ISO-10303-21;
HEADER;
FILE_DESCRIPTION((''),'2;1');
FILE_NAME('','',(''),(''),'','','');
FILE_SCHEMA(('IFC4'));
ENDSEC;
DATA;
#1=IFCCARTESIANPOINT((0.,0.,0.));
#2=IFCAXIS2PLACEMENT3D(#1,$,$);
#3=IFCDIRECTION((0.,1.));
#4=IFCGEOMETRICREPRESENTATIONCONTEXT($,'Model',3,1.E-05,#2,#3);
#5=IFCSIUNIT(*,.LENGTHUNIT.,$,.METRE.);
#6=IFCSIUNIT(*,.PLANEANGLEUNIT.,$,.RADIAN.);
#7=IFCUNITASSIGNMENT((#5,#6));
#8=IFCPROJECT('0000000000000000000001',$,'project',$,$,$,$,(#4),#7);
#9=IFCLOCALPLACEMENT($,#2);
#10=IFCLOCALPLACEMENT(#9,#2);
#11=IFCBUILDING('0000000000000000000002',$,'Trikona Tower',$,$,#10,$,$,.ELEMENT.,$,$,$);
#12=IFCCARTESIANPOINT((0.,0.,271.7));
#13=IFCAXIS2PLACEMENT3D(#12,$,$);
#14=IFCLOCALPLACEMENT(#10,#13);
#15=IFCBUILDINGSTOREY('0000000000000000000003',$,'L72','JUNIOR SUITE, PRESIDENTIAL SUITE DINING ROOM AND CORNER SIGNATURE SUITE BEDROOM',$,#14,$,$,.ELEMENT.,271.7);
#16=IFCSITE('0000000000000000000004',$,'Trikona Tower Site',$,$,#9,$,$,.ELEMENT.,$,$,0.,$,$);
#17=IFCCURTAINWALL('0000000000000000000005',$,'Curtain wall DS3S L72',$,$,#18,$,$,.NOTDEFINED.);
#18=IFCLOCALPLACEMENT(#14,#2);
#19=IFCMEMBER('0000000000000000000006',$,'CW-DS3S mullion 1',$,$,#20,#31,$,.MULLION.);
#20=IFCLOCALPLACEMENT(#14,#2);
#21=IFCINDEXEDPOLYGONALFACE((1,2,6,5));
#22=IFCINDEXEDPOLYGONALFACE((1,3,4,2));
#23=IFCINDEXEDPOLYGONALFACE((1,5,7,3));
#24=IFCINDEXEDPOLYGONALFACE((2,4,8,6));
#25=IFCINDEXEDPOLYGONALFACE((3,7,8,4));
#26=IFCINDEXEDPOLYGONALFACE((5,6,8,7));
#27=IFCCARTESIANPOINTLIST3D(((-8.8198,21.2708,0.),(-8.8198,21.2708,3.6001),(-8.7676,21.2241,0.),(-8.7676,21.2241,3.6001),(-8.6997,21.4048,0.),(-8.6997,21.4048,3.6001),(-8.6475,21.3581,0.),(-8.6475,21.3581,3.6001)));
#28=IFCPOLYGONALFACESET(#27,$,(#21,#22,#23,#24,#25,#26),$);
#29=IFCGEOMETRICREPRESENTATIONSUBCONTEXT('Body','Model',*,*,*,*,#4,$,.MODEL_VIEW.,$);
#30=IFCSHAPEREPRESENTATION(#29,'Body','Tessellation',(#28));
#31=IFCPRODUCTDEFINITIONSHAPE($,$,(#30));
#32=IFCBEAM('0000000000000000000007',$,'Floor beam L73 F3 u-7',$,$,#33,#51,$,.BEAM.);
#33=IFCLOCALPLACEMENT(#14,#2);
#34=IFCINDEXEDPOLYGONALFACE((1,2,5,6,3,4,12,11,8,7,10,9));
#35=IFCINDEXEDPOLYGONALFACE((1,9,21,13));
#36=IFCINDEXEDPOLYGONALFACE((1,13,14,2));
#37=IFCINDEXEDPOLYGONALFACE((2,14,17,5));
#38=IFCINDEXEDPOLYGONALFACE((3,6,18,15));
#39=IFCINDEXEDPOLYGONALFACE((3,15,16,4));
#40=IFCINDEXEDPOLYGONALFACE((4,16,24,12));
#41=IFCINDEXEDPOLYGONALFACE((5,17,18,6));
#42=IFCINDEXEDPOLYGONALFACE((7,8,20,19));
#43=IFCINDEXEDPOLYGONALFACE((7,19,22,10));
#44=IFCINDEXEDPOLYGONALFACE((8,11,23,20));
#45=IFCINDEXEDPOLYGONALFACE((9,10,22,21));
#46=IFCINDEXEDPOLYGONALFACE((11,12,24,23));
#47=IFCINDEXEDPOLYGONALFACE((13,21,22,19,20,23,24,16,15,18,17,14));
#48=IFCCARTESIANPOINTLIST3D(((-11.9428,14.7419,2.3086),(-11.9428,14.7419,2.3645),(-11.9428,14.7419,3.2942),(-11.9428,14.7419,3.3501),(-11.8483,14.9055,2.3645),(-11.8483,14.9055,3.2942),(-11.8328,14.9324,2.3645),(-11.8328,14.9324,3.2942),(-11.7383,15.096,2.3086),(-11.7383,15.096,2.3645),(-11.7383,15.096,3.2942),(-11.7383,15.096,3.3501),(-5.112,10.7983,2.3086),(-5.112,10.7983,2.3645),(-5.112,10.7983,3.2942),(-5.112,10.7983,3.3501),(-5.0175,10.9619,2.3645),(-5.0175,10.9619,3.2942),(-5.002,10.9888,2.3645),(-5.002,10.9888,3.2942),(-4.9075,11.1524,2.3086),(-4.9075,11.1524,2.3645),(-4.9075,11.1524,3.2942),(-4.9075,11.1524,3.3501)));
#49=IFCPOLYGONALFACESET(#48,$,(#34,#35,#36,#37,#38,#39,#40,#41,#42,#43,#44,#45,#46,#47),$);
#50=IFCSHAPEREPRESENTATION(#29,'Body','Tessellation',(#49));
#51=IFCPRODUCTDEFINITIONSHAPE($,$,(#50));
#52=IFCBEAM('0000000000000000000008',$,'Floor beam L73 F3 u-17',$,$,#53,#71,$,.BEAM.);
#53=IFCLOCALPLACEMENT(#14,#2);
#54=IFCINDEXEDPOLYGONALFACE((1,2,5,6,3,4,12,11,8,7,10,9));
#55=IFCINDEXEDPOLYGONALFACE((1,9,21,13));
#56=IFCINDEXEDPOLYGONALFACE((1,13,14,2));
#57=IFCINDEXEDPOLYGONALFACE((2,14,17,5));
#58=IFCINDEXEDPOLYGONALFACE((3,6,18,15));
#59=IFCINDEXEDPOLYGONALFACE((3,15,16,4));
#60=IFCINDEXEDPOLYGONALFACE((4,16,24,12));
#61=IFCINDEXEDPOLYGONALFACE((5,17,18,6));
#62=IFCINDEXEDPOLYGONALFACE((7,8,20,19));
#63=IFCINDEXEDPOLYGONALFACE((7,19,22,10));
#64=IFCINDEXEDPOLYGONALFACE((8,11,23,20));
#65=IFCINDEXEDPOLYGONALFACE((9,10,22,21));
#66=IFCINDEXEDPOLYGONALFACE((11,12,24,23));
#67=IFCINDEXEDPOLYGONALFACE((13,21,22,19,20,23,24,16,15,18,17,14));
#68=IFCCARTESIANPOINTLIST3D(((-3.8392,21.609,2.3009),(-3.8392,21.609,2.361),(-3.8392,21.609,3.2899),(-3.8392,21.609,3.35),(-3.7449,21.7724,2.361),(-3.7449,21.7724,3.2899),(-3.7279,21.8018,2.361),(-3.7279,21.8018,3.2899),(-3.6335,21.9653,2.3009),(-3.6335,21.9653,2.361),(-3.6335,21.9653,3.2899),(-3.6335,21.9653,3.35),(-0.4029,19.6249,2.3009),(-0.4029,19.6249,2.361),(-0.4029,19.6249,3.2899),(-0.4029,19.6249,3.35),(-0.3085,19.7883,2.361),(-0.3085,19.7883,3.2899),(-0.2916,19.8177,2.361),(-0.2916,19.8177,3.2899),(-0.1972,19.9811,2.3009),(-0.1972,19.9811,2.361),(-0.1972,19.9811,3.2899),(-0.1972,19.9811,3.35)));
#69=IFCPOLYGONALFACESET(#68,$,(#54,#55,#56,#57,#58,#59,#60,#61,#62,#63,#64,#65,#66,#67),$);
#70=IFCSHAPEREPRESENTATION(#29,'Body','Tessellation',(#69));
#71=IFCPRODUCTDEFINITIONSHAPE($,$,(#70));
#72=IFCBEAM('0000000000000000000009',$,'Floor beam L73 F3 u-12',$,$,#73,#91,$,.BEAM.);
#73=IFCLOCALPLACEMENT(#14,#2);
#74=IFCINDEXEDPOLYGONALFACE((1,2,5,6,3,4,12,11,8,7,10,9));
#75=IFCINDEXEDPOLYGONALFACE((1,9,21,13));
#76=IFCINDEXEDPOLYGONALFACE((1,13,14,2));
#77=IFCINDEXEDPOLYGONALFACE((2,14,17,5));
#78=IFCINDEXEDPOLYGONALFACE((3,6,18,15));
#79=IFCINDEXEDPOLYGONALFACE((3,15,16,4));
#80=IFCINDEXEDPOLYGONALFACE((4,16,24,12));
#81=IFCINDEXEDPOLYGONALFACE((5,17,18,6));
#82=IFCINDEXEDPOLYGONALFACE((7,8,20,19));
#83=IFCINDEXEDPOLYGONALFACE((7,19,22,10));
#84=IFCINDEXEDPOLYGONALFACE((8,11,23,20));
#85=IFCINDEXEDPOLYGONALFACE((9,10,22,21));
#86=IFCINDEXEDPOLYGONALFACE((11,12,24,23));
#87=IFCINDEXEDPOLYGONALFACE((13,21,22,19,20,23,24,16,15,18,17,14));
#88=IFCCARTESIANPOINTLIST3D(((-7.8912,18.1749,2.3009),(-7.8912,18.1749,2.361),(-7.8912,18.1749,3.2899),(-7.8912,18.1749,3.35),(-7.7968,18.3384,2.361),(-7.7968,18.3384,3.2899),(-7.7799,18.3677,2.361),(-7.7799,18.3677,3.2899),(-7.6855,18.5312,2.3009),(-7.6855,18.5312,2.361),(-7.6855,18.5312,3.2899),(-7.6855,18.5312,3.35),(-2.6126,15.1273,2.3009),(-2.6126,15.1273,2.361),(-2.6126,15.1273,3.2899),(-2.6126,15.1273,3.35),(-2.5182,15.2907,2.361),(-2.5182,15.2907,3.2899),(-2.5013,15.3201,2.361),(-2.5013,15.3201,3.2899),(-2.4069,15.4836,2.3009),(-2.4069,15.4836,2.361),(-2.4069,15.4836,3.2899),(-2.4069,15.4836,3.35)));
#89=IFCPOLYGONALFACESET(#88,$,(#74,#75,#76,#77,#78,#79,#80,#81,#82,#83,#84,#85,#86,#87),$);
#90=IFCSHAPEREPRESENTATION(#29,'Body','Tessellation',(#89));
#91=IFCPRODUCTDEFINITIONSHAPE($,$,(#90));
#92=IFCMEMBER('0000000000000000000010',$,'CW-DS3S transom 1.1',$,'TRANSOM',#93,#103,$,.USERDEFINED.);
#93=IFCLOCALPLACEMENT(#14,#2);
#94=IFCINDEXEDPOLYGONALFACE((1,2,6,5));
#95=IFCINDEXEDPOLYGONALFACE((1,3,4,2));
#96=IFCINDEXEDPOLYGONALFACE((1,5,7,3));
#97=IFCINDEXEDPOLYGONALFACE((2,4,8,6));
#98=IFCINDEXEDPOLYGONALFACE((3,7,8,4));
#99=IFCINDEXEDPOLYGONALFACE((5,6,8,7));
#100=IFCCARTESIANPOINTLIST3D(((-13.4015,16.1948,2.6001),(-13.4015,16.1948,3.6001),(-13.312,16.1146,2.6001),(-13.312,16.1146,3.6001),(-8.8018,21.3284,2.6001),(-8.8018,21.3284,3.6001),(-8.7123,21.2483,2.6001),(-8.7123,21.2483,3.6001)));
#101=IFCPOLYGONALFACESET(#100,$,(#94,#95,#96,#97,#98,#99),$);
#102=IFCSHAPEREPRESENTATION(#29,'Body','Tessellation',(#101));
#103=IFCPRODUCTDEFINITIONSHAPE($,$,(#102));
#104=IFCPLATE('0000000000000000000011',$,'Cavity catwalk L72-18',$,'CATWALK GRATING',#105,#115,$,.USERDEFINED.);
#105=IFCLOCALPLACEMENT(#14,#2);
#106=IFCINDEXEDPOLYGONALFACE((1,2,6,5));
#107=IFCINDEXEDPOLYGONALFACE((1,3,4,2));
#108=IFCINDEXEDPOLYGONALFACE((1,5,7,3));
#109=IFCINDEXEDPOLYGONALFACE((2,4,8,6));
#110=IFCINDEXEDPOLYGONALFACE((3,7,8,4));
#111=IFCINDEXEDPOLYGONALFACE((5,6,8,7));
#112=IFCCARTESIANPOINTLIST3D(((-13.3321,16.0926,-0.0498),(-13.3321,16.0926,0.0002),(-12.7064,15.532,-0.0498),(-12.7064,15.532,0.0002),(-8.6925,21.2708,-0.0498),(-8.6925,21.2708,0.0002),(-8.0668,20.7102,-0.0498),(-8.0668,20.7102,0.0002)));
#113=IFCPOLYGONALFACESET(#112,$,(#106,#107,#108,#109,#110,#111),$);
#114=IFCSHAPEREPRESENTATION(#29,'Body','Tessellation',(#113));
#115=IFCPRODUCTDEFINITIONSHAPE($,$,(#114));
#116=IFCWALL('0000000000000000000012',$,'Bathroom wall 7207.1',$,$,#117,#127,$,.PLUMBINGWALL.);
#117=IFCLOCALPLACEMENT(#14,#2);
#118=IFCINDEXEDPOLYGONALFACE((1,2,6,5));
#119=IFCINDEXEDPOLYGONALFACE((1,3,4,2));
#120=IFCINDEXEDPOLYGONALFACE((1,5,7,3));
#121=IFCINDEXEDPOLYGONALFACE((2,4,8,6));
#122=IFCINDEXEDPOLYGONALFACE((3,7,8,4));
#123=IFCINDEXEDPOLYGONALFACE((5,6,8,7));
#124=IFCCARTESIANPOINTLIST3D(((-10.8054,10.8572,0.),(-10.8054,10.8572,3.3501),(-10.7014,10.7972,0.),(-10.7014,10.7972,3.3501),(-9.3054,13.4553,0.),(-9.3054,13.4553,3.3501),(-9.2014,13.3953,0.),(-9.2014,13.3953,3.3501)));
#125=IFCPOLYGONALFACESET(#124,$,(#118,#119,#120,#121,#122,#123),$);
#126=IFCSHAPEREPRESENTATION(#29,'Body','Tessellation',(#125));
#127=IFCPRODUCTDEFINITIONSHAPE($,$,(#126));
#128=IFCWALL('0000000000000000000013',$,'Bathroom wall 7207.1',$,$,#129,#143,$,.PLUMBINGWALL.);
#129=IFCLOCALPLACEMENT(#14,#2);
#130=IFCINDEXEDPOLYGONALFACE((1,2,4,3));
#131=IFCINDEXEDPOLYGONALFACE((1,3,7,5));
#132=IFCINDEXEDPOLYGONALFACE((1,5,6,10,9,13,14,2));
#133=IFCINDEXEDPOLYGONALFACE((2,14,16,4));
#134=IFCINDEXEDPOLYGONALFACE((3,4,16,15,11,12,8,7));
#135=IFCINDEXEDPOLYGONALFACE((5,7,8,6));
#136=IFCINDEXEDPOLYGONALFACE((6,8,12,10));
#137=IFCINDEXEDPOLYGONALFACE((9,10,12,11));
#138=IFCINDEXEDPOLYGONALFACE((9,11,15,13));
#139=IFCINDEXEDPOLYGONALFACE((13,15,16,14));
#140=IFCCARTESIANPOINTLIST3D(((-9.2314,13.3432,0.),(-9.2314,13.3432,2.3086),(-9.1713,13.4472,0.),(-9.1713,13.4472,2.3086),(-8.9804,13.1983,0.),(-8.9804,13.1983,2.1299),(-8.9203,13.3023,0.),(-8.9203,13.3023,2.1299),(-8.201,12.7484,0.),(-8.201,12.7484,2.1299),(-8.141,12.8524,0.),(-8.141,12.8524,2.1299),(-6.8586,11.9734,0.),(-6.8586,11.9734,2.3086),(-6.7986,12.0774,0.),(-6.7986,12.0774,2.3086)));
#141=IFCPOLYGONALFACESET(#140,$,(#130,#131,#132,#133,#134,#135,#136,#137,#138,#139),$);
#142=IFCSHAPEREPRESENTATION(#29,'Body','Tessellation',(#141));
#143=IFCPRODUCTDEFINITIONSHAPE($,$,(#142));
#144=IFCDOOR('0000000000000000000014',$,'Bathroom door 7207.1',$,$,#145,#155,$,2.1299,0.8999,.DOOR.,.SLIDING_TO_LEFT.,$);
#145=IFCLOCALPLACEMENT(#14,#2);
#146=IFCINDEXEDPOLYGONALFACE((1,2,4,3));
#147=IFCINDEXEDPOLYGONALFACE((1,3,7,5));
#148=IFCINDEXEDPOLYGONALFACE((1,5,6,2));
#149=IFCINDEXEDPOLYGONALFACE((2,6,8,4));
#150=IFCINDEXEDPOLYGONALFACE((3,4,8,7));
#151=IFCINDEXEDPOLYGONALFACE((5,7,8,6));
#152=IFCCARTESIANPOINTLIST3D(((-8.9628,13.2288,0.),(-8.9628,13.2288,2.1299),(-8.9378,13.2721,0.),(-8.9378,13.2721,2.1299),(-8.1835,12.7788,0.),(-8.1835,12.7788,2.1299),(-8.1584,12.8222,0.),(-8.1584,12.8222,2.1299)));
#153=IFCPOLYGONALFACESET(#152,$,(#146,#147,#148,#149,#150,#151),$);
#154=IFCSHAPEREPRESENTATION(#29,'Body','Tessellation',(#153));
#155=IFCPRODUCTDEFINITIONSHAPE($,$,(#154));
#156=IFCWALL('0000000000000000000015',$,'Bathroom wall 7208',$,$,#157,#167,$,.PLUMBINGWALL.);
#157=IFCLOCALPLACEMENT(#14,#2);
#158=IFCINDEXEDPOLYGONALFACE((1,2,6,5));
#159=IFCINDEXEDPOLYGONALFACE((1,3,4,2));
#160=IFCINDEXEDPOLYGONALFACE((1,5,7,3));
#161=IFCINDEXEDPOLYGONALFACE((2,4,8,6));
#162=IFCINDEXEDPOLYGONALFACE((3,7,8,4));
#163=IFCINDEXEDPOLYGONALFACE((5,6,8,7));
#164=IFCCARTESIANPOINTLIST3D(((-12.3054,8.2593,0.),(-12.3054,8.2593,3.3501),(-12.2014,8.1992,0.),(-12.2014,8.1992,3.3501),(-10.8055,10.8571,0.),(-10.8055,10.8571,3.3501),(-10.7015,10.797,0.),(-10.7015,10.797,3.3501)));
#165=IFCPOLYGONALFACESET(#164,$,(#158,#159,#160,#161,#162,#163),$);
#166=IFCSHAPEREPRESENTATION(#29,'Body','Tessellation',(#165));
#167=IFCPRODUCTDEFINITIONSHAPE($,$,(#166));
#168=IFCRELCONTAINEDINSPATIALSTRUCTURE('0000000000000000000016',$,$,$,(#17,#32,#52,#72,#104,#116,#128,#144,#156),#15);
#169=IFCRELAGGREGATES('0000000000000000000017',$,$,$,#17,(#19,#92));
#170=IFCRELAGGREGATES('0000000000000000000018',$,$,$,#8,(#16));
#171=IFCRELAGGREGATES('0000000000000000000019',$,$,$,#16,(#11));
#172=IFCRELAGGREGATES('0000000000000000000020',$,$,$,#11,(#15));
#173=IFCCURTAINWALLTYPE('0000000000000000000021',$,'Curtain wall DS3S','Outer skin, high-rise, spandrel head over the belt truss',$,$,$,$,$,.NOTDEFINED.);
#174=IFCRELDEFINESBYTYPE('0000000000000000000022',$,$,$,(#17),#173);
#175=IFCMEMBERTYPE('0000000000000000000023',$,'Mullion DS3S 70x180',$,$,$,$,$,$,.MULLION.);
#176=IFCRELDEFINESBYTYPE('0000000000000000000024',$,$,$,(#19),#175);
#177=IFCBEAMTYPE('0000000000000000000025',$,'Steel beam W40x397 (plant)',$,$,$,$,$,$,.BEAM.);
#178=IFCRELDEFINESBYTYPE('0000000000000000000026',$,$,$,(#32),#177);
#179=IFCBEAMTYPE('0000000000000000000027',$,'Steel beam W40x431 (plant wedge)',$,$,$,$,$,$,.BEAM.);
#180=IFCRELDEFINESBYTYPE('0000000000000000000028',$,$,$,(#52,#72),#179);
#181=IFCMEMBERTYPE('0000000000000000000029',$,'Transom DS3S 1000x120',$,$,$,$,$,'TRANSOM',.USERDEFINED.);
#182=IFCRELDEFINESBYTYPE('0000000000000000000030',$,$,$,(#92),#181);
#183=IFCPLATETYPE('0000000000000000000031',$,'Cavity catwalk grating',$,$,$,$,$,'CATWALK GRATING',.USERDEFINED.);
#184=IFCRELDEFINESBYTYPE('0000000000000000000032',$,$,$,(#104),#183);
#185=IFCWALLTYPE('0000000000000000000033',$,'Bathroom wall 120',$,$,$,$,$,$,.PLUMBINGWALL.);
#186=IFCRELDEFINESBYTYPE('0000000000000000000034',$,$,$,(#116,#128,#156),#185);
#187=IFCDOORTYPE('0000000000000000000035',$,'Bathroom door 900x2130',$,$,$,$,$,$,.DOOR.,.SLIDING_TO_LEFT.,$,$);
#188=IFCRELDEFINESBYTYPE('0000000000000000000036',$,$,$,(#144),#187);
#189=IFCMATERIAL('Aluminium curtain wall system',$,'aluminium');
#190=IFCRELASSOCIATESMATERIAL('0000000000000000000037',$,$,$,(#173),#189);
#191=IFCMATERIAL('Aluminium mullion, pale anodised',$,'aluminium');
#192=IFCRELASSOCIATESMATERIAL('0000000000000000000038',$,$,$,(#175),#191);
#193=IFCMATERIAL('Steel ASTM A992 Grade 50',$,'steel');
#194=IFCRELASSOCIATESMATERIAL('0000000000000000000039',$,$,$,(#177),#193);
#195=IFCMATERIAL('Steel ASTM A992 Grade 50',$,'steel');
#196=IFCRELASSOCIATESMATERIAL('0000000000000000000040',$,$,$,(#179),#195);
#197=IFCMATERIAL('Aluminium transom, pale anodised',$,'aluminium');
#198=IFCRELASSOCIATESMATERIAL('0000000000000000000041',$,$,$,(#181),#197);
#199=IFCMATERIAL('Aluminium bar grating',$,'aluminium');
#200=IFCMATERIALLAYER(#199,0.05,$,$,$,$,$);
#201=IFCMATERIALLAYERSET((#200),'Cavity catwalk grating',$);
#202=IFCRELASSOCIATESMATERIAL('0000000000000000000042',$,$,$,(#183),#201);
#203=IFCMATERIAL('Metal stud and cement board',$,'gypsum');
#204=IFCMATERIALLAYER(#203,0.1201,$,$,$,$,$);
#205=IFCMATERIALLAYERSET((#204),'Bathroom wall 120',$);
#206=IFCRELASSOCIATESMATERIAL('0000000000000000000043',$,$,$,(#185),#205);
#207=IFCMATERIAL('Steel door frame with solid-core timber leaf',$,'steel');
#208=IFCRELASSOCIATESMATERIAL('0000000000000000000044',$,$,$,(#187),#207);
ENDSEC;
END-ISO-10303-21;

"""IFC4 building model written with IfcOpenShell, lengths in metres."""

from ifc_helpers import new_model, si_unit, direction, frame, frame_2d, origin, origin_2d, place, context, subcontext, project, spatial, rectangle, i_section, extrude, material, layer, layer_set, material_profile, profile_set, type_object, element, fill, aggregate, save


model = new_model("IFC4")

# Units and contexts
model_context = context("Model", 3, precision=1e-05, world=origin(), true_north=direction((0.0, 1.0)))
body_context = subcontext(model_context, "Body", "Model", "MODEL_VIEW")
ifc_project = project(units=[si_unit("LENGTHUNIT", "METRE"), si_unit("PLANEANGLEUNIT", "RADIAN")], contexts=[model_context])

# Site, building, storey
site_placement = place(None, origin())
site = spatial("IfcSite", under=ifc_project, at=site_placement, Name="Trikona Tower Site", CompositionType="ELEMENT", RefElevation=0.0)
building_placement = place(site_placement, origin())
building = spatial("IfcBuilding", under=site, at=building_placement, Name="Trikona Tower", CompositionType="ELEMENT")
storey_placement = place(building_placement, frame((0.0, 0.0, 271.7)))
storey = spatial("IfcBuildingStorey", under=building, at=storey_placement, Name="L72", Description="JUNIOR SUITE, PRESIDENTIAL SUITE DINING ROOM AND CORNER SIGNATURE SUITE BEDROOM", CompositionType="ELEMENT", Elevation=271.7)

# Curtain wall, member
ifc_material_1 = material(Name="Aluminium curtain wall system", Category="aluminium")
curtain_wall_type = type_object("IfcCurtainWallType", Name="Curtain wall DS3S", Description="Outer skin, high-rise, spandrel head over the belt truss", PredefinedType="NOTDEFINED", material=ifc_material_1)
curtain_wall_placement = place(storey_placement, origin())
curtain_wall = element("IfcCurtainWall", 1, at=curtain_wall_placement, inside=storey, type_object=curtain_wall_type, Name="Curtain wall DS3S L72", PredefinedType="NOTDEFINED")
ifc_material_2 = material(Name="Aluminium mullion, pale anodised", Category="aluminium")
ifc_material_profile_1 = material_profile(ifc_material_2, rectangle(XDim=0.0701, YDim=0.1799, at=origin_2d()), Name="MUL-DS3S")
ifc_profile_set_1 = profile_set([ifc_material_profile_1], Name="Aluminium mullion, pale anodised")
member_type_1 = type_object("IfcMemberType", Name="Mullion DS3S 70x180", PredefinedType="MULLION", material=ifc_profile_set_1)
member_1_placement = place(storey_placement, frame((-8.7336, 21.3145, 0.0), z_axis=(0.0, 0.0, 1.0), x_axis=(0.744771, -0.66732, 0.0)))
member_1 = element("IfcMember", 2, at=member_1_placement, type_object=member_type_1, Name="CW-DS3S mullion 1", PredefinedType="MULLION", context=body_context, shape_type="SweptSolid", body=[
    extrude(rectangle(XDim=0.0701, YDim=0.1799, at=origin_2d()), origin(), (0.0, 0.0, 1.0), 3.6001),
])

# Beams
ifc_material_3 = material(Name="Steel ASTM A992 Grade 50", Category="steel")
ifc_material_profile_2 = material_profile(ifc_material_3, i_section(OverallWidth=0.4089, OverallDepth=1.0415, WebThickness=0.031, FlangeThickness=0.0559, at=origin_2d()), Name="W40X397")
ifc_profile_set_2 = profile_set([ifc_material_profile_2], Name="Steel ASTM A992 Grade 50")
beam_type_1 = type_object("IfcBeamType", Name="Steel beam W40x397 (plant)", PredefinedType="BEAM", material=ifc_profile_set_2)
beam_1_placement = place(storey_placement, frame((-5.0098, 10.9753, 2.8293), z_axis=(-0.866035, 0.499984, 0.0), x_axis=(-0.499984, -0.866035, 0.0)))
element("IfcBeam", 3, at=beam_1_placement, inside=storey, type_object=beam_type_1, Name="Floor beam L73 F3 u-7", PredefinedType="BEAM", context=body_context, shape_type="SweptSolid", body=[
    extrude(i_section(OverallWidth=0.4089, OverallDepth=1.0415, WebThickness=0.031, FlangeThickness=0.0559, at=origin_2d()), origin(), (0.0, 0.0, 1.0), 7.8875),
])
ifc_material_4 = material(Name="Steel ASTM A992 Grade 50", Category="steel")
ifc_material_profile_3 = material_profile(ifc_material_4, i_section(OverallWidth=0.4114, OverallDepth=1.0491, WebThickness=0.0339, FlangeThickness=0.0601, at=origin_2d()), Name="W40X431")
ifc_profile_set_3 = profile_set([ifc_material_profile_3], Name="Steel ASTM A992 Grade 50")
beam_type_2 = type_object("IfcBeamType", Name="Steel beam W40x431 (plant wedge)", PredefinedType="BEAM", material=ifc_profile_set_3)
beam_2_placement = place(storey_placement, frame((-0.3, 19.803, 2.8254), z_axis=(-0.866004, 0.500037, 0.0), x_axis=(-0.500037, -0.866004, 0.0)))
element("IfcBeam", 4, at=beam_2_placement, inside=storey, type_object=beam_type_2, Name="Floor beam L73 F3 u-17", PredefinedType="BEAM", context=body_context, shape_type="SweptSolid", body=[
    extrude(i_section(OverallWidth=0.4114, OverallDepth=1.0491, WebThickness=0.0339, FlangeThickness=0.0601, at=origin_2d()), origin(), (0.0, 0.0, 1.0), 3.968),
])
beam_3_placement = place(storey_placement, frame((-2.5098, 15.3054, 2.8254), z_axis=(-0.866023, 0.500003, 0.0), x_axis=(-0.500003, -0.866023, 0.0)))
element("IfcBeam", 5, at=beam_3_placement, inside=storey, type_object=beam_type_2, Name="Floor beam L73 F3 u-12", PredefinedType="BEAM", context=body_context, shape_type="SweptSolid", body=[
    extrude(i_section(OverallWidth=0.4114, OverallDepth=1.0491, WebThickness=0.0339, FlangeThickness=0.0601, at=origin_2d()), origin(), (0.0, 0.0, 1.0), 6.0952),
])

# Member
ifc_material_5 = material(Name="Aluminium transom, pale anodised", Category="aluminium")
ifc_material_profile_4 = material_profile(ifc_material_5, rectangle(XDim=0.1201, YDim=1.0, at=origin_2d()), Name="TRN-DS3S")
ifc_profile_set_4 = profile_set([ifc_material_profile_4], Name="Aluminium transom, pale anodised")
member_type_2 = type_object("IfcMemberType", Name="Transom DS3S 1000x120", ElementType="TRANSOM", PredefinedType="USERDEFINED", material=ifc_profile_set_4)
member_2_placement = place(storey_placement, frame((-8.7571, 21.2883, 3.1001), z_axis=(-0.667313, -0.744777, 0.0), x_axis=(0.744777, -0.667313, 0.0)))
member_2 = element("IfcMember", 6, at=member_2_placement, type_object=member_type_2, Name="CW-DS3S transom 1.1", ObjectType="TRANSOM", PredefinedType="USERDEFINED", context=body_context, shape_type="SweptSolid", body=[
    extrude(rectangle(XDim=0.1201, YDim=1.0, at=origin_2d()), origin(), (0.0, 0.0, 1.0), 6.8928),
])
aggregate(curtain_wall, [member_1, member_2])

# Plate
ifc_material_6 = material(Name="Aluminium bar grating", Category="aluminium")
ifc_layer_1 = layer(ifc_material_6, 0.05)
ifc_layer_set_1 = layer_set([ifc_layer_1], Name="Cavity catwalk grating")
plate_type = type_object("IfcPlateType", Name="Cavity catwalk grating", ElementType="CATWALK GRATING", PredefinedType="USERDEFINED", material=ifc_layer_set_1)
plate_placement = place(storey_placement, frame((-10.6995, 18.4014, -0.0498), z_axis=(0.0, 0.0, 1.0), x_axis=(-0.667311, -0.744779, 0.0)))
element("IfcPlate", 7, at=plate_placement, inside=storey, type_object=plate_type, Name="Cavity catwalk L72-18", ObjectType="CATWALK GRATING", PredefinedType="USERDEFINED", context=body_context, shape_type="SweptSolid", body=[
    extrude(rectangle(XDim=6.9526, YDim=0.8401, at=origin_2d()), origin(), (0.0, 0.0, 1.0), 0.05),
])

# Wall
ifc_material_7 = material(Name="Metal stud and cement board", Category="gypsum")
ifc_layer_2 = layer(ifc_material_7, 0.1201)
ifc_layer_set_2 = layer_set([ifc_layer_2], Name="Bathroom wall 120")
wall_type_1 = type_object("IfcWallType", Name="Bathroom wall 120", PredefinedType="PLUMBINGWALL", material=ifc_layer_set_2)
wall_1_placement = place(storey_placement, frame((-9.2534, 13.4253, 0.0), z_axis=(0.0, 0.0, 1.0), x_axis=(-0.49999, -0.866031, 0.0)))
element("IfcWall", 8, at=wall_1_placement, inside=storey, type_object=wall_type_1, Name="Bathroom wall 7207.1", PredefinedType="PLUMBINGWALL", context=body_context, shape_type="SweptSolid", body=[
    extrude(rectangle(XDim=3.0, YDim=0.1201, at=frame_2d((1.5, 0.0))), origin(), (0.0, 0.0, 1.0), 3.3501),
])

# Wall, opening, door
wall_2_placement = place(storey_placement, frame((-6.8286, 12.0254, 0.0), z_axis=(0.0, 0.0, 1.0), x_axis=(-0.866036, 0.499982, 0.0)))
wall_2 = element("IfcWall", 9, at=wall_2_placement, inside=storey, type_object=wall_type_1, Name="Bathroom wall 7207.1", PredefinedType="PLUMBINGWALL", context=body_context, shape_type="SweptSolid", body=[
    extrude(rectangle(XDim=2.7397, YDim=0.1201, at=frame_2d((1.3699, 0.0))), origin(), (0.0, 0.0, 1.0), 2.3086),
])
opening_1_placement = place(wall_2_placement, frame((1.55, 0.0, 0.0)))
opening_1 = element("IfcOpeningElement", 10, at=opening_1_placement, cuts=wall_2, PredefinedType="OPENING", context=body_context, shape_type="SweptSolid", body=[
    extrude(rectangle(XDim=0.8999, YDim=2.1299, at=frame_2d((0.45, 1.0649))), frame((0.0, 0.0701, 0.0), z_axis=(0.0, -1.0, 0.0), x_axis=(1.0, 0.0, 0.0)), (0.0, 0.0, 1.0), 0.1401),
])
ifc_material_8 = material(Name="Steel door frame with solid-core timber leaf", Category="steel")
door_type_1 = type_object("IfcDoorType", Name="Bathroom door 900x2130", OperationType="SLIDING_TO_LEFT", PredefinedType="DOOR", material=ifc_material_8)
door_1_placement = place(opening_1_placement, origin())
door_1 = element("IfcDoor", 11, at=door_1_placement, inside=storey, type_object=door_type_1, Name="Bathroom door 7207.1", OperationType="SLIDING_TO_LEFT", OverallHeight=2.1299, OverallWidth=0.8999, PredefinedType="DOOR", context=body_context, shape_type="SweptSolid", body=[
    extrude(rectangle(XDim=0.8999, YDim=2.1299, at=frame_2d((0.45, 1.0649))), frame((0.0, 0.0249, 0.0), z_axis=(0.0, -1.0, 0.0), x_axis=(1.0, 0.0, 0.0)), (0.0, 0.0, 1.0), 0.05),
])
fill(opening_1, door_1)

# Wall
wall_3_placement = place(storey_placement, frame((-10.7534, 10.8271, 0.0), z_axis=(0.0, 0.0, 1.0), x_axis=(-0.500025, -0.866011, 0.0)))
element("IfcWall", 12, at=wall_3_placement, inside=storey, type_object=wall_type_1, Name="Bathroom wall 7208", PredefinedType="PLUMBINGWALL", context=body_context, shape_type="SweptSolid", body=[
    extrude(rectangle(XDim=2.9998, YDim=0.1201, at=frame_2d((1.5, 0.0))), origin(), (0.0, 0.0, 1.0), 3.3501),
])

save(model, "model.ifc")
